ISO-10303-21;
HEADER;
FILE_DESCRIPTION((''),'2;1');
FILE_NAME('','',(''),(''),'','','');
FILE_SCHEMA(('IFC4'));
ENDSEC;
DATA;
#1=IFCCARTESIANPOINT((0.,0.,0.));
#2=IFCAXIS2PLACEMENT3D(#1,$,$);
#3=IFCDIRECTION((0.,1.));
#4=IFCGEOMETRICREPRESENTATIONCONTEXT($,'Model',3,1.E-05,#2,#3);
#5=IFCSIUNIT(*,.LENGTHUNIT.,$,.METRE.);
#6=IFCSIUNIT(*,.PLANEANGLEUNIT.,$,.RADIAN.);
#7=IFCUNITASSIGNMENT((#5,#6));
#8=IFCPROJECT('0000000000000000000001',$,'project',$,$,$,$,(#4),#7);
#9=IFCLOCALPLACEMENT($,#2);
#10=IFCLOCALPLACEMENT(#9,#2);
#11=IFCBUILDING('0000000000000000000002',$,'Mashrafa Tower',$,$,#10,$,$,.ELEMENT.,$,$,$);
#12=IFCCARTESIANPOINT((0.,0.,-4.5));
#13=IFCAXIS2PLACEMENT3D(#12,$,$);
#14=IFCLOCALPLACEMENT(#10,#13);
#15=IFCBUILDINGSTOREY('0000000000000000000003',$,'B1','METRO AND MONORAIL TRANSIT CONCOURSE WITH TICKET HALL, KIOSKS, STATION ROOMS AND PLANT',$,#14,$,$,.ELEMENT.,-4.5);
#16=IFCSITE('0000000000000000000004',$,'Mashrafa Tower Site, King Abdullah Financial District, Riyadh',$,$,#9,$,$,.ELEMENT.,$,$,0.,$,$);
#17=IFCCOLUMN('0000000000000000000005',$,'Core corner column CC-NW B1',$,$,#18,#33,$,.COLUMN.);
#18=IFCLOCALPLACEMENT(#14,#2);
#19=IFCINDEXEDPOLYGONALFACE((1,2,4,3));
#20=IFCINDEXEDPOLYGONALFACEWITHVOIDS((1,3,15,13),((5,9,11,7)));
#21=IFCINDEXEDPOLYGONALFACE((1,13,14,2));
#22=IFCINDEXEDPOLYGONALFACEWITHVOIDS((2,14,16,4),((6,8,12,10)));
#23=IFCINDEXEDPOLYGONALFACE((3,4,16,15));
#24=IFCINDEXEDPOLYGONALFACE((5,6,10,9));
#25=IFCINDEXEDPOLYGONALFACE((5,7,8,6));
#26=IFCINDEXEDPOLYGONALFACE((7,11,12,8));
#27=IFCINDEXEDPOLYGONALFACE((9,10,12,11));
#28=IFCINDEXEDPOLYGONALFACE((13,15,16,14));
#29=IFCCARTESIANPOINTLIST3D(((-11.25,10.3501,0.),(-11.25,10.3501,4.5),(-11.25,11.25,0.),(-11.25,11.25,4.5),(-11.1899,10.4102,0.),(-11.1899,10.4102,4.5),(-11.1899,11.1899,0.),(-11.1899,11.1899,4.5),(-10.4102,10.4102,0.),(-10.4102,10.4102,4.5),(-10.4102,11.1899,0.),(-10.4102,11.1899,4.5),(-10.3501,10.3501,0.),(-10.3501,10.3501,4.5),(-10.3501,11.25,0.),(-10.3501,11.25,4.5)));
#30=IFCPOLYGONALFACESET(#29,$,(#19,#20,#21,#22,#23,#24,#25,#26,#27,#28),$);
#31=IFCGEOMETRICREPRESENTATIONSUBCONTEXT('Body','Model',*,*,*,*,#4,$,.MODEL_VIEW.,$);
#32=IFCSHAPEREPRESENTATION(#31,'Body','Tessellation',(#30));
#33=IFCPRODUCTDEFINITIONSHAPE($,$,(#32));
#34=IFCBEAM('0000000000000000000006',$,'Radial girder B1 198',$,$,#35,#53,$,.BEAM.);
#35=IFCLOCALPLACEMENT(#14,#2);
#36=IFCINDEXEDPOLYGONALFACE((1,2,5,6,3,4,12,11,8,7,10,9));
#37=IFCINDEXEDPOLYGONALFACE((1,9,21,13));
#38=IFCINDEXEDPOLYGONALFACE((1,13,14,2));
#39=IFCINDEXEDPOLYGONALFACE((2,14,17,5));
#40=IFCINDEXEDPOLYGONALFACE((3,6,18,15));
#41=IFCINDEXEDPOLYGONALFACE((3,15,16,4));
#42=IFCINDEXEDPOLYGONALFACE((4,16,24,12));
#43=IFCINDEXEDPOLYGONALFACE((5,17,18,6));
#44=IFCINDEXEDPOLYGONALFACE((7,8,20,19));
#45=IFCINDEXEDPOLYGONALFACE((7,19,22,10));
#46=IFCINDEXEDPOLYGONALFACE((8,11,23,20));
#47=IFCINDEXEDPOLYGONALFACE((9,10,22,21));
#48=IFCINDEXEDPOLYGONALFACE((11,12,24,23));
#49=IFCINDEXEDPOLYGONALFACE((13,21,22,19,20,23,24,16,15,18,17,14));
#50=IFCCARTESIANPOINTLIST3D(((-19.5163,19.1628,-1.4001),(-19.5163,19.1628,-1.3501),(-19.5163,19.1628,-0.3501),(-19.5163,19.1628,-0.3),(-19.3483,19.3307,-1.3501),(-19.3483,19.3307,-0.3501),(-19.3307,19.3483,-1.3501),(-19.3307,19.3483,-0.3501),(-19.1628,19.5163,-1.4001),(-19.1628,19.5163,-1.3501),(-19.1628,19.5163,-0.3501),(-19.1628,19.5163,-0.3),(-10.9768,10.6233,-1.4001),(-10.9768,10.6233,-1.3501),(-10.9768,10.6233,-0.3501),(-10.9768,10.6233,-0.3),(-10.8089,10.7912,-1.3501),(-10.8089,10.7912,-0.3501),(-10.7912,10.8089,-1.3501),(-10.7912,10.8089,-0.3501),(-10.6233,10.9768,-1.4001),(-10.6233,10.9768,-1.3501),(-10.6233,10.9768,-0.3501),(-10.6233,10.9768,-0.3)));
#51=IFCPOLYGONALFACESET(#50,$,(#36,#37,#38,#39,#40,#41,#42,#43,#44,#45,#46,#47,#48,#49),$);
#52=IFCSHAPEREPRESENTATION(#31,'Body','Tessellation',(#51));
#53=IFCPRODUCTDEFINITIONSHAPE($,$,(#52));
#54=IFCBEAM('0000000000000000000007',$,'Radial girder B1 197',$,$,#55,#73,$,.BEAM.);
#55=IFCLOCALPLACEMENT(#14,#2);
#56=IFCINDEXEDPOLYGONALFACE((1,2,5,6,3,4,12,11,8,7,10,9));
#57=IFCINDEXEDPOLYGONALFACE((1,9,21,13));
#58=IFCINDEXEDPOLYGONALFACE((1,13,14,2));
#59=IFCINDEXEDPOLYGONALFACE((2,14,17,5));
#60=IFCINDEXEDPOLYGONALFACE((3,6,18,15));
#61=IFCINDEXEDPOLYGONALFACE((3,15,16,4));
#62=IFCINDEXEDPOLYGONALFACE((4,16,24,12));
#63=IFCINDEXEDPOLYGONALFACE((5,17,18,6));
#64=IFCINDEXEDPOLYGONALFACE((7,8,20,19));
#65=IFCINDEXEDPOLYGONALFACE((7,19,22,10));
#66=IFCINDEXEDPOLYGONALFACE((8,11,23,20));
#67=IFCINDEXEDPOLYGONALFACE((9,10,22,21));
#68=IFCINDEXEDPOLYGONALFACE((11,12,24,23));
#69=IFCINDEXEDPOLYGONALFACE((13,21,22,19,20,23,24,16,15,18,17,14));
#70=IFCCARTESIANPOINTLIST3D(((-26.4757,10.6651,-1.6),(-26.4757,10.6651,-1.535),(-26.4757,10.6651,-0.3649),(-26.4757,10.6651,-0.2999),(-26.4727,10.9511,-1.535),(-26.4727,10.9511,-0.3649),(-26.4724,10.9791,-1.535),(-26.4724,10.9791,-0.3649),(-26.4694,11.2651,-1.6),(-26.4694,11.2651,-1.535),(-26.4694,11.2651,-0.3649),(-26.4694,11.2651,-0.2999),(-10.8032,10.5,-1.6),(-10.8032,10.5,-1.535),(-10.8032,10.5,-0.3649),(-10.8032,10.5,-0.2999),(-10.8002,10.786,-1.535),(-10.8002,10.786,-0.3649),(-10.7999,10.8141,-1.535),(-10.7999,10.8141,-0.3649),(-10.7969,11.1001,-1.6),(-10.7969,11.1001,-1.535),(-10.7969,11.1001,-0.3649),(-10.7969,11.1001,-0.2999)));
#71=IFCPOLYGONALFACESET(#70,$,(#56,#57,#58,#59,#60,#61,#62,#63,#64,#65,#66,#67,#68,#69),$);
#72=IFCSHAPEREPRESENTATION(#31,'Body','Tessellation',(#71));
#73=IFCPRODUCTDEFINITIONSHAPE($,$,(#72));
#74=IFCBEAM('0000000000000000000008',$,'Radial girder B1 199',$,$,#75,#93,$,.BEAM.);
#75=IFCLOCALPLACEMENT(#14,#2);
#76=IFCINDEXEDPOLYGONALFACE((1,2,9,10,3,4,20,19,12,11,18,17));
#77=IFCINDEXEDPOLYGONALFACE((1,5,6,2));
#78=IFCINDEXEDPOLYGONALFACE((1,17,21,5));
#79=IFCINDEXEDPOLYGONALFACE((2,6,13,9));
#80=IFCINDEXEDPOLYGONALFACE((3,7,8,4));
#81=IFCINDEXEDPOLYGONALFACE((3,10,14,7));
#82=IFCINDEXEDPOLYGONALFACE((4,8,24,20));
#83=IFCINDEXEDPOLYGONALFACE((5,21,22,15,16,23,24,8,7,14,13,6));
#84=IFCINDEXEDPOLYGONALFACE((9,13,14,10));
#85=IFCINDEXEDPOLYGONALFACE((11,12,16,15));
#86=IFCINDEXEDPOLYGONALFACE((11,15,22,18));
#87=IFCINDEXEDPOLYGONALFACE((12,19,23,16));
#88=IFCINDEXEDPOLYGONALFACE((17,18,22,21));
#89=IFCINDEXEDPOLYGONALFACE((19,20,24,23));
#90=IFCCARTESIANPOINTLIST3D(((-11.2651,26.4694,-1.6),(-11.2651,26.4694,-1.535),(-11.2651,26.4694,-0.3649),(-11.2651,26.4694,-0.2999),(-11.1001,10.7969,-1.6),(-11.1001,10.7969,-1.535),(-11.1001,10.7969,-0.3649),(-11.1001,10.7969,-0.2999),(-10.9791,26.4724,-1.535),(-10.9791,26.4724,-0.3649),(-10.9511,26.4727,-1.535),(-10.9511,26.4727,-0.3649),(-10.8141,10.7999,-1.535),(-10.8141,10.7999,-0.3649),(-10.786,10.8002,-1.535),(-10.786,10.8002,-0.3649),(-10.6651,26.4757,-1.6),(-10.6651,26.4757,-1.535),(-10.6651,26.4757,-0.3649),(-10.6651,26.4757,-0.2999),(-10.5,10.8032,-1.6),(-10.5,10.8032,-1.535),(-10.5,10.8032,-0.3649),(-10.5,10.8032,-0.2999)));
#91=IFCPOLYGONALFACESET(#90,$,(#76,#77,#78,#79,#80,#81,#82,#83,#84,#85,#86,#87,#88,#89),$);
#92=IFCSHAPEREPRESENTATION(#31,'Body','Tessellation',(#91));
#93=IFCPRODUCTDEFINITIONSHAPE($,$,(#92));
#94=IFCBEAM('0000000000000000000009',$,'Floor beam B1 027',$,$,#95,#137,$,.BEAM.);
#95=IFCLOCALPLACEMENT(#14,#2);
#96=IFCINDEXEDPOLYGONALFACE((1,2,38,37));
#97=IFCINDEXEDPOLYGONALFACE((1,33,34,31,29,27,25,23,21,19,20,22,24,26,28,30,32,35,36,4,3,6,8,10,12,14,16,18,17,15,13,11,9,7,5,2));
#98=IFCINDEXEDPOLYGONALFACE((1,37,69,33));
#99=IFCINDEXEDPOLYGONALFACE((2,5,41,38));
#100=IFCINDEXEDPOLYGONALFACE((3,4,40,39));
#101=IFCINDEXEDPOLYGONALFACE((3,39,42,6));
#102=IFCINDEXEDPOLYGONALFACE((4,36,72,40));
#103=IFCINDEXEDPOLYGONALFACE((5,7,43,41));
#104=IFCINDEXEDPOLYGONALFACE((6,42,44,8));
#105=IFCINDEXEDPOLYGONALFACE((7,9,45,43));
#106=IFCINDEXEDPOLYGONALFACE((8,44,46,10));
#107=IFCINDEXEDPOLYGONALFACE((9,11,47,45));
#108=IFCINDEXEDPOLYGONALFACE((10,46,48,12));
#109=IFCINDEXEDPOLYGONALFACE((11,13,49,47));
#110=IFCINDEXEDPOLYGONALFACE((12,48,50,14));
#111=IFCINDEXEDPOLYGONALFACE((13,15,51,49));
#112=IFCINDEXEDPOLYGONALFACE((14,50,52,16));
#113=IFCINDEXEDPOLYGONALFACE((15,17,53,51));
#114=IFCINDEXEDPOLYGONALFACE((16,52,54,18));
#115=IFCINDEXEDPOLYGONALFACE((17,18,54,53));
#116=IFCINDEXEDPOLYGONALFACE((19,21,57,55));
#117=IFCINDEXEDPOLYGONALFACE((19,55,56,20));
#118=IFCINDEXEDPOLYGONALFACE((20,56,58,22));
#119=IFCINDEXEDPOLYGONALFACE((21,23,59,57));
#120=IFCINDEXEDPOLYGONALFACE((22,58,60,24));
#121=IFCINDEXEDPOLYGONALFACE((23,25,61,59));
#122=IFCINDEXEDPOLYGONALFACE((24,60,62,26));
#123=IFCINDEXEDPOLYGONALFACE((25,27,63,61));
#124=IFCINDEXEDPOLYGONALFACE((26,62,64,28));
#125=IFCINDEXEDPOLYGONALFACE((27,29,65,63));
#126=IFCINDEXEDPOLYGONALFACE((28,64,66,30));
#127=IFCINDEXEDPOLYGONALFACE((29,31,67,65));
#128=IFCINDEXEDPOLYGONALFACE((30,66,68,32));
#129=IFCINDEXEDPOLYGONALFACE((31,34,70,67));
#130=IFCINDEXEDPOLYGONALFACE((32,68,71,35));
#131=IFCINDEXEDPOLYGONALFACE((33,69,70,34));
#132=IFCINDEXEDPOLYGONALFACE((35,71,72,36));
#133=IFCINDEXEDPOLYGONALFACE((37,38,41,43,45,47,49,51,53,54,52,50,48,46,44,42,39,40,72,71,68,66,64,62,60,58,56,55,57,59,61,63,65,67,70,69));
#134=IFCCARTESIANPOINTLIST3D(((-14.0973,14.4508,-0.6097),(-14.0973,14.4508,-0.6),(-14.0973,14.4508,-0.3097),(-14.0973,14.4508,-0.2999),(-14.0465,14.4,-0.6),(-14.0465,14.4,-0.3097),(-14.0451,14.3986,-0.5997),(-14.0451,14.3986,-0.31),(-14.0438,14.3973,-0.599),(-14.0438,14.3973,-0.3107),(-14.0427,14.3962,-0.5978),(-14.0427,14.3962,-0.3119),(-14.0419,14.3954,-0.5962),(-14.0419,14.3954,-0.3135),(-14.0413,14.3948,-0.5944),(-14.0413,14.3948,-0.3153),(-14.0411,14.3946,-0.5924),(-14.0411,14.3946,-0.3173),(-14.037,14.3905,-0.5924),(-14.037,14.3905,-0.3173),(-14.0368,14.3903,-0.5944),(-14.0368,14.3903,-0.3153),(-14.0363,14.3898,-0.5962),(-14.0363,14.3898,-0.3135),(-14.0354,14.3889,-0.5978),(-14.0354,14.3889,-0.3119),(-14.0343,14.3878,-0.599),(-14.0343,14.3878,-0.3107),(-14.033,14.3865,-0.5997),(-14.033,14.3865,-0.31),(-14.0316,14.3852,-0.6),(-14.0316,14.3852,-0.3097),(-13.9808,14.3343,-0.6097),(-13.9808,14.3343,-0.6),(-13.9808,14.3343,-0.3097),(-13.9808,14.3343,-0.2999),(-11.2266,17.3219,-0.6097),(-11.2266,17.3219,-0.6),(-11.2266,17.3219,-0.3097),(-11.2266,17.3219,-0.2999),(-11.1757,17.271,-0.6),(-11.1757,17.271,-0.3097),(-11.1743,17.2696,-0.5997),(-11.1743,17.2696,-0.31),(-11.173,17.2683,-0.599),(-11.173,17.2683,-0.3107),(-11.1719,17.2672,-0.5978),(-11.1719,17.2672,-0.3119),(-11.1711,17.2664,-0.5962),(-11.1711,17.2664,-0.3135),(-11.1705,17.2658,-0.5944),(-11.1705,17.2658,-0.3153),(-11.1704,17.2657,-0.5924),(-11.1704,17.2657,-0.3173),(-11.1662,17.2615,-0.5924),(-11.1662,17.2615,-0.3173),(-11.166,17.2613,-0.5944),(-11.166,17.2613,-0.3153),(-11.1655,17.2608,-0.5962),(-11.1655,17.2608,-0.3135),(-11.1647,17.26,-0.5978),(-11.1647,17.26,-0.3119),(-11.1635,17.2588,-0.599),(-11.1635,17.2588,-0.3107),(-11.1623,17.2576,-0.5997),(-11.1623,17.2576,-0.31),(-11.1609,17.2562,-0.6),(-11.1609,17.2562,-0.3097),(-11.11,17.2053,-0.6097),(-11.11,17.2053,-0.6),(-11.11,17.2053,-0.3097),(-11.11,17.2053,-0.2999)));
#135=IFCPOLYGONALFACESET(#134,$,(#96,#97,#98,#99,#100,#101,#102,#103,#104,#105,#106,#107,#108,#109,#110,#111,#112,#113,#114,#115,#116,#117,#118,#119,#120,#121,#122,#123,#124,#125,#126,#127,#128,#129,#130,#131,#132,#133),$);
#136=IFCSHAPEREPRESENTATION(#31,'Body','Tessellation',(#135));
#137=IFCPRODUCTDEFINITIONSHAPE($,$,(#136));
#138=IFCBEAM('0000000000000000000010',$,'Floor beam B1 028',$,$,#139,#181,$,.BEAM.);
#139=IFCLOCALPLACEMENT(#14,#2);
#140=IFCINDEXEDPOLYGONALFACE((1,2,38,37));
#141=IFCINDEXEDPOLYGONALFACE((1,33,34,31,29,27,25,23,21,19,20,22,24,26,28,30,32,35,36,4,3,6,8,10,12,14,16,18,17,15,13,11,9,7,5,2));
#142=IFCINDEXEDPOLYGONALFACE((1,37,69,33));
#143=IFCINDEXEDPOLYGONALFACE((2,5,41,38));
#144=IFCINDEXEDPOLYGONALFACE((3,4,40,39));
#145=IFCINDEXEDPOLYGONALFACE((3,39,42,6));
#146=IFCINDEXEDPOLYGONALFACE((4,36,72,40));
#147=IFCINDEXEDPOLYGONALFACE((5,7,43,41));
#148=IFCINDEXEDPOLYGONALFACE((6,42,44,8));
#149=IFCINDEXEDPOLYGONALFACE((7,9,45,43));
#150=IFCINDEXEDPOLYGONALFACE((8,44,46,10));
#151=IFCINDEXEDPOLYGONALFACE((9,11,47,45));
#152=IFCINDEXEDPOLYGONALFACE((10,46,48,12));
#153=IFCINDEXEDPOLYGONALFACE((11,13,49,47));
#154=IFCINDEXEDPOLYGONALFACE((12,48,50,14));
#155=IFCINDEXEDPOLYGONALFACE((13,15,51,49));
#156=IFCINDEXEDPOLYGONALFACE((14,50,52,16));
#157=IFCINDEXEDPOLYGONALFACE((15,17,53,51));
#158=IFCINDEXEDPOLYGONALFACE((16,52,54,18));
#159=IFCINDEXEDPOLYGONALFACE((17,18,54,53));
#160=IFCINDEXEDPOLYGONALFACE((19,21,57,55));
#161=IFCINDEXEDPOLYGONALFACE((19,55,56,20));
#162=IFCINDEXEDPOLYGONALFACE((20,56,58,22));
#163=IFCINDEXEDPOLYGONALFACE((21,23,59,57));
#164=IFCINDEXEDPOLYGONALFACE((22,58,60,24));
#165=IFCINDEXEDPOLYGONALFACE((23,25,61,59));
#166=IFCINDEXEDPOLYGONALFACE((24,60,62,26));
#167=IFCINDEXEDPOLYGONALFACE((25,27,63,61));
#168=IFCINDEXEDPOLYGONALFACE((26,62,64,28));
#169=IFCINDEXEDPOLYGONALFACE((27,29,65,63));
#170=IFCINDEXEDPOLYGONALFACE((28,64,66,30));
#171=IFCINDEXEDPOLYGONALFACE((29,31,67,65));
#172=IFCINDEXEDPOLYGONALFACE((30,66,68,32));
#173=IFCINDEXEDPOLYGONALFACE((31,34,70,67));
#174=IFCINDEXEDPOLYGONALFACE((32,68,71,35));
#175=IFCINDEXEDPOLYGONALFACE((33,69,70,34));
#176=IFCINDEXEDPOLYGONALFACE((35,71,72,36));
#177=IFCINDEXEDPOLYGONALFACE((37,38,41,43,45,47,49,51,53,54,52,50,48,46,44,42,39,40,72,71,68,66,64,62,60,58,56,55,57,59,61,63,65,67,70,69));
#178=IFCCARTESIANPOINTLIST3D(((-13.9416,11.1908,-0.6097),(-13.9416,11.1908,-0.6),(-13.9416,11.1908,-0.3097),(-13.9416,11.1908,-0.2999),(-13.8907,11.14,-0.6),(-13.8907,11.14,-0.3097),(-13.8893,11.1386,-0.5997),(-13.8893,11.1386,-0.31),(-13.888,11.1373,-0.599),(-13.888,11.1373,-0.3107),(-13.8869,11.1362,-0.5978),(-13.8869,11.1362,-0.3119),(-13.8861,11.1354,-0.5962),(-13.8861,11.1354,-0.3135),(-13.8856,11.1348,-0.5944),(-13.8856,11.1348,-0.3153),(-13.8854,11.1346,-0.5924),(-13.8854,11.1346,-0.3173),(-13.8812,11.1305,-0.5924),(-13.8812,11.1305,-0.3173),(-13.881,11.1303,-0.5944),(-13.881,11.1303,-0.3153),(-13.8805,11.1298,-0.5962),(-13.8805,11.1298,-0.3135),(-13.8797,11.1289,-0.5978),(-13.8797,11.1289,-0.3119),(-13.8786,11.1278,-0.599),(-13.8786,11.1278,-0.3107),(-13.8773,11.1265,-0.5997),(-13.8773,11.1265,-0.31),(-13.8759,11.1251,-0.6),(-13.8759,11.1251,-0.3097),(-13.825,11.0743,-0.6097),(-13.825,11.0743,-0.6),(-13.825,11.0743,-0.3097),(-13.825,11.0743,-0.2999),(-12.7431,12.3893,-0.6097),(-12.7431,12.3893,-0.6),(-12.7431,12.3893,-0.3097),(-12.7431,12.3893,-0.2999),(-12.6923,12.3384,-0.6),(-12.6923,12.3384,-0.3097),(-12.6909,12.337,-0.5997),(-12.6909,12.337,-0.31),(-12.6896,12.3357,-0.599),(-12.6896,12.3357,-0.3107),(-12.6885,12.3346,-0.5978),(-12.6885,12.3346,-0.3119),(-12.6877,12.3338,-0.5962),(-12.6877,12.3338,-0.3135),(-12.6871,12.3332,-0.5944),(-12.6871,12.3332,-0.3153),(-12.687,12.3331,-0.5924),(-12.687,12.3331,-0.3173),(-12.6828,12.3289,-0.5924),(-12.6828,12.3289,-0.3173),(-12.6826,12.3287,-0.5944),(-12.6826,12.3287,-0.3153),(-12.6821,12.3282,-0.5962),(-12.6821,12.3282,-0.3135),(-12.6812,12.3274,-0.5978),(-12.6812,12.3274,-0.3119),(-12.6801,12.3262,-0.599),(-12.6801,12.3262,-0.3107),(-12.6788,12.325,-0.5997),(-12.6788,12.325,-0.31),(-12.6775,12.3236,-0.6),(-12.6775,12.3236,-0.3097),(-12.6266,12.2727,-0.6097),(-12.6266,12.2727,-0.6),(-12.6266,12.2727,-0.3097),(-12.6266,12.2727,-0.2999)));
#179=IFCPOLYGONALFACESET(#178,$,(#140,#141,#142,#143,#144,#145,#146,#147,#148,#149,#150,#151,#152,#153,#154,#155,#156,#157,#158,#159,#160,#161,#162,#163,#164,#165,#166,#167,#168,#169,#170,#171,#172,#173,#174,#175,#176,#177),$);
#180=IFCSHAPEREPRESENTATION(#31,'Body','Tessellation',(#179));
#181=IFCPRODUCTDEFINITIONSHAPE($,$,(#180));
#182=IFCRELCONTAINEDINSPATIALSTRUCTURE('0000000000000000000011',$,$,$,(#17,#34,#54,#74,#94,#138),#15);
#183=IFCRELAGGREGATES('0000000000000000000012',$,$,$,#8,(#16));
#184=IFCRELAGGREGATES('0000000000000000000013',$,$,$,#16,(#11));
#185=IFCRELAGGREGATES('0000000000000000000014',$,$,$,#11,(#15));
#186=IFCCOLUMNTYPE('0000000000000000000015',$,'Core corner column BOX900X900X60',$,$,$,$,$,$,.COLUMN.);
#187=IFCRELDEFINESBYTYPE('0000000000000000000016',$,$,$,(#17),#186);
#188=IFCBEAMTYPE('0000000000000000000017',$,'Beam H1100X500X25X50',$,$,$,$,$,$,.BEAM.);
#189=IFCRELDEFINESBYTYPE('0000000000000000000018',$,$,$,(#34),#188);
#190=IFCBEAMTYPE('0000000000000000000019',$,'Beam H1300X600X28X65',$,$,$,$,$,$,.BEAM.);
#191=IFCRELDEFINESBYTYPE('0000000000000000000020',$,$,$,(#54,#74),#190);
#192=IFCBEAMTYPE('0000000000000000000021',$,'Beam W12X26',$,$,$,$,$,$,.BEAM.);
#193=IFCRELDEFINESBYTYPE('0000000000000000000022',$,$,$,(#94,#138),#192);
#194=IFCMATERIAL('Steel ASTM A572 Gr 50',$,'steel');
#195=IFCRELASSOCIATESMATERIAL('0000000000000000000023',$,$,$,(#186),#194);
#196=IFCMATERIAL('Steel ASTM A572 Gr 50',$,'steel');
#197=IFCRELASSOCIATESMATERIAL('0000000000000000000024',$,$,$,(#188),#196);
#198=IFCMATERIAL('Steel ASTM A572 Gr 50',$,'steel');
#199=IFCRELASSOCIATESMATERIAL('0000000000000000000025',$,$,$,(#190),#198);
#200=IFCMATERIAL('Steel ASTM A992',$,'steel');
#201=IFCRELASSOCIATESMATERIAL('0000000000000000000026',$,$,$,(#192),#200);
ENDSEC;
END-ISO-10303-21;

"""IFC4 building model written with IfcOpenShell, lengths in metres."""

from ifc_helpers import new_model, si_unit, direction, frame, origin, origin_2d, place, context, subcontext, project, spatial, hollow_rectangle, i_section, extrude, material, material_profile, profile_set, type_object, element, save


model = new_model("IFC4")

# Units and contexts
model_context = context("Model", 3, precision=1e-05, world=origin(), true_north=direction((0.0, 1.0)))
body_context = subcontext(model_context, "Body", "Model", "MODEL_VIEW")
ifc_project = project(units=[si_unit("LENGTHUNIT", "METRE"), si_unit("PLANEANGLEUNIT", "RADIAN")], contexts=[model_context])

# Site, building, storey
site_placement = place(None, origin())
site = spatial("IfcSite", under=ifc_project, at=site_placement, Name="Mashrafa Tower Site, King Abdullah Financial District, Riyadh", CompositionType="ELEMENT", RefElevation=0.0)
building_placement = place(site_placement, origin())
building = spatial("IfcBuilding", under=site, at=building_placement, Name="Mashrafa Tower", CompositionType="ELEMENT")
storey_placement = place(building_placement, frame((0.0, 0.0, -4.5)))
storey = spatial("IfcBuildingStorey", under=building, at=storey_placement, Name="B1", Description="METRO AND MONORAIL TRANSIT CONCOURSE WITH TICKET HALL, KIOSKS, STATION ROOMS AND PLANT", CompositionType="ELEMENT", Elevation=-4.5)

# Column
ifc_material_1 = material(Name="Steel ASTM A572 Gr 50", Category="steel")
ifc_material_profile_1 = material_profile(ifc_material_1, hollow_rectangle(XDim=0.8999, YDim=0.8999, WallThickness=0.0601, at=origin_2d()), Name="BOX900X900X60")
ifc_profile_set_1 = profile_set([ifc_material_profile_1], Name="Steel ASTM A572 Gr 50")
column_type = type_object("IfcColumnType", Name="Core corner column BOX900X900X60", PredefinedType="COLUMN", material=ifc_profile_set_1)
column_placement = place(storey_placement, frame((-10.8, 10.8, 0.0), z_axis=(0.0, 0.0, 1.0), x_axis=(1.0, 0.0, 0.0)))
element("IfcColumn", 1, at=column_placement, inside=storey, type_object=column_type, Name="Core corner column CC-NW B1", PredefinedType="COLUMN", context=body_context, shape_type="SweptSolid", body=[
    extrude(hollow_rectangle(XDim=0.8999, YDim=0.8999, WallThickness=0.0601, at=origin_2d()), origin(), (0.0, 0.0, 1.0), 4.5),
])

# Beams
ifc_material_2 = material(Name="Steel ASTM A572 Gr 50", Category="steel")
ifc_material_profile_2 = material_profile(ifc_material_2, i_section(OverallWidth=0.5, OverallDepth=1.1001, WebThickness=0.0249, FlangeThickness=0.05, at=origin_2d()), Name="H1100X500X25X50")
ifc_profile_set_2 = profile_set([ifc_material_profile_2], Name="Steel ASTM A572 Gr 50")
beam_type_1 = type_object("IfcBeamType", Name="Beam H1100X500X25X50", PredefinedType="BEAM", material=ifc_profile_set_2)
beam_1_placement = place(storey_placement, frame((-10.8, 10.8, -0.8501), z_axis=(-0.707107, 0.707107, 0.0), x_axis=(-0.707107, -0.707107, 0.0)))
element("IfcBeam", 2, at=beam_1_placement, inside=storey, type_object=beam_type_1, Name="Radial girder B1 198", PredefinedType="BEAM", context=body_context, shape_type="SweptSolid", body=[
    extrude(i_section(OverallWidth=0.5, OverallDepth=1.1001, WebThickness=0.0249, FlangeThickness=0.05, at=origin_2d()), origin(), (0.0, 0.0, 1.0), 12.0767),
])
ifc_material_3 = material(Name="Steel ASTM A572 Gr 50", Category="steel")
ifc_material_profile_3 = material_profile(ifc_material_3, i_section(OverallWidth=0.6001, OverallDepth=1.3, WebThickness=0.0281, FlangeThickness=0.0649, at=origin_2d()), Name="H1300X600X28X65")
ifc_profile_set_3 = profile_set([ifc_material_profile_3], Name="Steel ASTM A572 Gr 50")
beam_type_2 = type_object("IfcBeamType", Name="Beam H1300X600X28X65", PredefinedType="BEAM", material=ifc_profile_set_3)
for number, where, z_axis, x_axis, name in (
    (3, (-10.8, 10.8, -0.95), (-0.999945, 0.01053, 0.0), (-0.01053, -0.999945, 0.0), "Radial girder B1 197"),
    (4, (-10.8, 10.8, -0.95), (-0.01053, 0.999945, 0.0), (-0.999945, -0.01053, 0.0), "Radial girder B1 199"),
):
    element("IfcBeam", number, at=place(storey_placement, frame(where, z_axis=z_axis, x_axis=x_axis)), inside=storey, type_object=beam_type_2, Name=name, PredefinedType="BEAM", context=body_context, shape_type="SweptSolid", body=[
        extrude(i_section(OverallWidth=0.6001, OverallDepth=1.3, WebThickness=0.0281, FlangeThickness=0.0649, at=origin_2d()), origin(), (0.0, 0.0, 1.0), 15.6733),
    ])
ifc_material_4 = material(Name="Steel ASTM A992", Category="steel")
ifc_material_profile_4 = material_profile(ifc_material_4, i_section(OverallWidth=0.1648, OverallDepth=0.3098, WebThickness=0.0059, FlangeThickness=0.0098, FilletRadius=0.0076, at=origin_2d()), Name="W12X26")
ifc_profile_set_4 = profile_set([ifc_material_profile_4], Name="Steel ASTM A992")
beam_type_3 = type_object("IfcBeamType", Name="Beam W12X26", PredefinedType="BEAM", material=ifc_profile_set_4)
beam_2_placement = place(storey_placement, frame((-14.0391, 14.3926, -0.4548), z_axis=(0.707077, 0.707137, 0.0), x_axis=(-0.707137, 0.707077, 0.0)))
element("IfcBeam", 5, at=beam_2_placement, inside=storey, type_object=beam_type_3, Name="Floor beam B1 027", PredefinedType="BEAM", context=body_context, shape_type="SweptSolid", body=[
    extrude(i_section(OverallWidth=0.1648, OverallDepth=0.3098, WebThickness=0.0059, FlangeThickness=0.0098, FilletRadius=0.0076, at=origin_2d()), origin(), (0.0, 0.0, 1.0), 4.0601),
])
for number, where, z_axis, x_axis, name in (
    (6, (-13.8833, 11.1326, -0.4548), (0.707107, 0.707107, 0.0), (-0.707107, 0.707107, 0.0), "Floor beam B1 028"),
):
    element("IfcBeam", number, at=place(storey_placement, frame(where, z_axis=z_axis, x_axis=x_axis)), inside=storey, type_object=beam_type_3, Name=name, PredefinedType="BEAM", context=body_context, shape_type="SweptSolid", body=[
        extrude(i_section(OverallWidth=0.1648, OverallDepth=0.3098, WebThickness=0.0059, FlangeThickness=0.0098, FilletRadius=0.0076, at=origin_2d()), origin(), (0.0, 0.0, 1.0), 1.6948),
    ])

save(model, "model.ifc")
